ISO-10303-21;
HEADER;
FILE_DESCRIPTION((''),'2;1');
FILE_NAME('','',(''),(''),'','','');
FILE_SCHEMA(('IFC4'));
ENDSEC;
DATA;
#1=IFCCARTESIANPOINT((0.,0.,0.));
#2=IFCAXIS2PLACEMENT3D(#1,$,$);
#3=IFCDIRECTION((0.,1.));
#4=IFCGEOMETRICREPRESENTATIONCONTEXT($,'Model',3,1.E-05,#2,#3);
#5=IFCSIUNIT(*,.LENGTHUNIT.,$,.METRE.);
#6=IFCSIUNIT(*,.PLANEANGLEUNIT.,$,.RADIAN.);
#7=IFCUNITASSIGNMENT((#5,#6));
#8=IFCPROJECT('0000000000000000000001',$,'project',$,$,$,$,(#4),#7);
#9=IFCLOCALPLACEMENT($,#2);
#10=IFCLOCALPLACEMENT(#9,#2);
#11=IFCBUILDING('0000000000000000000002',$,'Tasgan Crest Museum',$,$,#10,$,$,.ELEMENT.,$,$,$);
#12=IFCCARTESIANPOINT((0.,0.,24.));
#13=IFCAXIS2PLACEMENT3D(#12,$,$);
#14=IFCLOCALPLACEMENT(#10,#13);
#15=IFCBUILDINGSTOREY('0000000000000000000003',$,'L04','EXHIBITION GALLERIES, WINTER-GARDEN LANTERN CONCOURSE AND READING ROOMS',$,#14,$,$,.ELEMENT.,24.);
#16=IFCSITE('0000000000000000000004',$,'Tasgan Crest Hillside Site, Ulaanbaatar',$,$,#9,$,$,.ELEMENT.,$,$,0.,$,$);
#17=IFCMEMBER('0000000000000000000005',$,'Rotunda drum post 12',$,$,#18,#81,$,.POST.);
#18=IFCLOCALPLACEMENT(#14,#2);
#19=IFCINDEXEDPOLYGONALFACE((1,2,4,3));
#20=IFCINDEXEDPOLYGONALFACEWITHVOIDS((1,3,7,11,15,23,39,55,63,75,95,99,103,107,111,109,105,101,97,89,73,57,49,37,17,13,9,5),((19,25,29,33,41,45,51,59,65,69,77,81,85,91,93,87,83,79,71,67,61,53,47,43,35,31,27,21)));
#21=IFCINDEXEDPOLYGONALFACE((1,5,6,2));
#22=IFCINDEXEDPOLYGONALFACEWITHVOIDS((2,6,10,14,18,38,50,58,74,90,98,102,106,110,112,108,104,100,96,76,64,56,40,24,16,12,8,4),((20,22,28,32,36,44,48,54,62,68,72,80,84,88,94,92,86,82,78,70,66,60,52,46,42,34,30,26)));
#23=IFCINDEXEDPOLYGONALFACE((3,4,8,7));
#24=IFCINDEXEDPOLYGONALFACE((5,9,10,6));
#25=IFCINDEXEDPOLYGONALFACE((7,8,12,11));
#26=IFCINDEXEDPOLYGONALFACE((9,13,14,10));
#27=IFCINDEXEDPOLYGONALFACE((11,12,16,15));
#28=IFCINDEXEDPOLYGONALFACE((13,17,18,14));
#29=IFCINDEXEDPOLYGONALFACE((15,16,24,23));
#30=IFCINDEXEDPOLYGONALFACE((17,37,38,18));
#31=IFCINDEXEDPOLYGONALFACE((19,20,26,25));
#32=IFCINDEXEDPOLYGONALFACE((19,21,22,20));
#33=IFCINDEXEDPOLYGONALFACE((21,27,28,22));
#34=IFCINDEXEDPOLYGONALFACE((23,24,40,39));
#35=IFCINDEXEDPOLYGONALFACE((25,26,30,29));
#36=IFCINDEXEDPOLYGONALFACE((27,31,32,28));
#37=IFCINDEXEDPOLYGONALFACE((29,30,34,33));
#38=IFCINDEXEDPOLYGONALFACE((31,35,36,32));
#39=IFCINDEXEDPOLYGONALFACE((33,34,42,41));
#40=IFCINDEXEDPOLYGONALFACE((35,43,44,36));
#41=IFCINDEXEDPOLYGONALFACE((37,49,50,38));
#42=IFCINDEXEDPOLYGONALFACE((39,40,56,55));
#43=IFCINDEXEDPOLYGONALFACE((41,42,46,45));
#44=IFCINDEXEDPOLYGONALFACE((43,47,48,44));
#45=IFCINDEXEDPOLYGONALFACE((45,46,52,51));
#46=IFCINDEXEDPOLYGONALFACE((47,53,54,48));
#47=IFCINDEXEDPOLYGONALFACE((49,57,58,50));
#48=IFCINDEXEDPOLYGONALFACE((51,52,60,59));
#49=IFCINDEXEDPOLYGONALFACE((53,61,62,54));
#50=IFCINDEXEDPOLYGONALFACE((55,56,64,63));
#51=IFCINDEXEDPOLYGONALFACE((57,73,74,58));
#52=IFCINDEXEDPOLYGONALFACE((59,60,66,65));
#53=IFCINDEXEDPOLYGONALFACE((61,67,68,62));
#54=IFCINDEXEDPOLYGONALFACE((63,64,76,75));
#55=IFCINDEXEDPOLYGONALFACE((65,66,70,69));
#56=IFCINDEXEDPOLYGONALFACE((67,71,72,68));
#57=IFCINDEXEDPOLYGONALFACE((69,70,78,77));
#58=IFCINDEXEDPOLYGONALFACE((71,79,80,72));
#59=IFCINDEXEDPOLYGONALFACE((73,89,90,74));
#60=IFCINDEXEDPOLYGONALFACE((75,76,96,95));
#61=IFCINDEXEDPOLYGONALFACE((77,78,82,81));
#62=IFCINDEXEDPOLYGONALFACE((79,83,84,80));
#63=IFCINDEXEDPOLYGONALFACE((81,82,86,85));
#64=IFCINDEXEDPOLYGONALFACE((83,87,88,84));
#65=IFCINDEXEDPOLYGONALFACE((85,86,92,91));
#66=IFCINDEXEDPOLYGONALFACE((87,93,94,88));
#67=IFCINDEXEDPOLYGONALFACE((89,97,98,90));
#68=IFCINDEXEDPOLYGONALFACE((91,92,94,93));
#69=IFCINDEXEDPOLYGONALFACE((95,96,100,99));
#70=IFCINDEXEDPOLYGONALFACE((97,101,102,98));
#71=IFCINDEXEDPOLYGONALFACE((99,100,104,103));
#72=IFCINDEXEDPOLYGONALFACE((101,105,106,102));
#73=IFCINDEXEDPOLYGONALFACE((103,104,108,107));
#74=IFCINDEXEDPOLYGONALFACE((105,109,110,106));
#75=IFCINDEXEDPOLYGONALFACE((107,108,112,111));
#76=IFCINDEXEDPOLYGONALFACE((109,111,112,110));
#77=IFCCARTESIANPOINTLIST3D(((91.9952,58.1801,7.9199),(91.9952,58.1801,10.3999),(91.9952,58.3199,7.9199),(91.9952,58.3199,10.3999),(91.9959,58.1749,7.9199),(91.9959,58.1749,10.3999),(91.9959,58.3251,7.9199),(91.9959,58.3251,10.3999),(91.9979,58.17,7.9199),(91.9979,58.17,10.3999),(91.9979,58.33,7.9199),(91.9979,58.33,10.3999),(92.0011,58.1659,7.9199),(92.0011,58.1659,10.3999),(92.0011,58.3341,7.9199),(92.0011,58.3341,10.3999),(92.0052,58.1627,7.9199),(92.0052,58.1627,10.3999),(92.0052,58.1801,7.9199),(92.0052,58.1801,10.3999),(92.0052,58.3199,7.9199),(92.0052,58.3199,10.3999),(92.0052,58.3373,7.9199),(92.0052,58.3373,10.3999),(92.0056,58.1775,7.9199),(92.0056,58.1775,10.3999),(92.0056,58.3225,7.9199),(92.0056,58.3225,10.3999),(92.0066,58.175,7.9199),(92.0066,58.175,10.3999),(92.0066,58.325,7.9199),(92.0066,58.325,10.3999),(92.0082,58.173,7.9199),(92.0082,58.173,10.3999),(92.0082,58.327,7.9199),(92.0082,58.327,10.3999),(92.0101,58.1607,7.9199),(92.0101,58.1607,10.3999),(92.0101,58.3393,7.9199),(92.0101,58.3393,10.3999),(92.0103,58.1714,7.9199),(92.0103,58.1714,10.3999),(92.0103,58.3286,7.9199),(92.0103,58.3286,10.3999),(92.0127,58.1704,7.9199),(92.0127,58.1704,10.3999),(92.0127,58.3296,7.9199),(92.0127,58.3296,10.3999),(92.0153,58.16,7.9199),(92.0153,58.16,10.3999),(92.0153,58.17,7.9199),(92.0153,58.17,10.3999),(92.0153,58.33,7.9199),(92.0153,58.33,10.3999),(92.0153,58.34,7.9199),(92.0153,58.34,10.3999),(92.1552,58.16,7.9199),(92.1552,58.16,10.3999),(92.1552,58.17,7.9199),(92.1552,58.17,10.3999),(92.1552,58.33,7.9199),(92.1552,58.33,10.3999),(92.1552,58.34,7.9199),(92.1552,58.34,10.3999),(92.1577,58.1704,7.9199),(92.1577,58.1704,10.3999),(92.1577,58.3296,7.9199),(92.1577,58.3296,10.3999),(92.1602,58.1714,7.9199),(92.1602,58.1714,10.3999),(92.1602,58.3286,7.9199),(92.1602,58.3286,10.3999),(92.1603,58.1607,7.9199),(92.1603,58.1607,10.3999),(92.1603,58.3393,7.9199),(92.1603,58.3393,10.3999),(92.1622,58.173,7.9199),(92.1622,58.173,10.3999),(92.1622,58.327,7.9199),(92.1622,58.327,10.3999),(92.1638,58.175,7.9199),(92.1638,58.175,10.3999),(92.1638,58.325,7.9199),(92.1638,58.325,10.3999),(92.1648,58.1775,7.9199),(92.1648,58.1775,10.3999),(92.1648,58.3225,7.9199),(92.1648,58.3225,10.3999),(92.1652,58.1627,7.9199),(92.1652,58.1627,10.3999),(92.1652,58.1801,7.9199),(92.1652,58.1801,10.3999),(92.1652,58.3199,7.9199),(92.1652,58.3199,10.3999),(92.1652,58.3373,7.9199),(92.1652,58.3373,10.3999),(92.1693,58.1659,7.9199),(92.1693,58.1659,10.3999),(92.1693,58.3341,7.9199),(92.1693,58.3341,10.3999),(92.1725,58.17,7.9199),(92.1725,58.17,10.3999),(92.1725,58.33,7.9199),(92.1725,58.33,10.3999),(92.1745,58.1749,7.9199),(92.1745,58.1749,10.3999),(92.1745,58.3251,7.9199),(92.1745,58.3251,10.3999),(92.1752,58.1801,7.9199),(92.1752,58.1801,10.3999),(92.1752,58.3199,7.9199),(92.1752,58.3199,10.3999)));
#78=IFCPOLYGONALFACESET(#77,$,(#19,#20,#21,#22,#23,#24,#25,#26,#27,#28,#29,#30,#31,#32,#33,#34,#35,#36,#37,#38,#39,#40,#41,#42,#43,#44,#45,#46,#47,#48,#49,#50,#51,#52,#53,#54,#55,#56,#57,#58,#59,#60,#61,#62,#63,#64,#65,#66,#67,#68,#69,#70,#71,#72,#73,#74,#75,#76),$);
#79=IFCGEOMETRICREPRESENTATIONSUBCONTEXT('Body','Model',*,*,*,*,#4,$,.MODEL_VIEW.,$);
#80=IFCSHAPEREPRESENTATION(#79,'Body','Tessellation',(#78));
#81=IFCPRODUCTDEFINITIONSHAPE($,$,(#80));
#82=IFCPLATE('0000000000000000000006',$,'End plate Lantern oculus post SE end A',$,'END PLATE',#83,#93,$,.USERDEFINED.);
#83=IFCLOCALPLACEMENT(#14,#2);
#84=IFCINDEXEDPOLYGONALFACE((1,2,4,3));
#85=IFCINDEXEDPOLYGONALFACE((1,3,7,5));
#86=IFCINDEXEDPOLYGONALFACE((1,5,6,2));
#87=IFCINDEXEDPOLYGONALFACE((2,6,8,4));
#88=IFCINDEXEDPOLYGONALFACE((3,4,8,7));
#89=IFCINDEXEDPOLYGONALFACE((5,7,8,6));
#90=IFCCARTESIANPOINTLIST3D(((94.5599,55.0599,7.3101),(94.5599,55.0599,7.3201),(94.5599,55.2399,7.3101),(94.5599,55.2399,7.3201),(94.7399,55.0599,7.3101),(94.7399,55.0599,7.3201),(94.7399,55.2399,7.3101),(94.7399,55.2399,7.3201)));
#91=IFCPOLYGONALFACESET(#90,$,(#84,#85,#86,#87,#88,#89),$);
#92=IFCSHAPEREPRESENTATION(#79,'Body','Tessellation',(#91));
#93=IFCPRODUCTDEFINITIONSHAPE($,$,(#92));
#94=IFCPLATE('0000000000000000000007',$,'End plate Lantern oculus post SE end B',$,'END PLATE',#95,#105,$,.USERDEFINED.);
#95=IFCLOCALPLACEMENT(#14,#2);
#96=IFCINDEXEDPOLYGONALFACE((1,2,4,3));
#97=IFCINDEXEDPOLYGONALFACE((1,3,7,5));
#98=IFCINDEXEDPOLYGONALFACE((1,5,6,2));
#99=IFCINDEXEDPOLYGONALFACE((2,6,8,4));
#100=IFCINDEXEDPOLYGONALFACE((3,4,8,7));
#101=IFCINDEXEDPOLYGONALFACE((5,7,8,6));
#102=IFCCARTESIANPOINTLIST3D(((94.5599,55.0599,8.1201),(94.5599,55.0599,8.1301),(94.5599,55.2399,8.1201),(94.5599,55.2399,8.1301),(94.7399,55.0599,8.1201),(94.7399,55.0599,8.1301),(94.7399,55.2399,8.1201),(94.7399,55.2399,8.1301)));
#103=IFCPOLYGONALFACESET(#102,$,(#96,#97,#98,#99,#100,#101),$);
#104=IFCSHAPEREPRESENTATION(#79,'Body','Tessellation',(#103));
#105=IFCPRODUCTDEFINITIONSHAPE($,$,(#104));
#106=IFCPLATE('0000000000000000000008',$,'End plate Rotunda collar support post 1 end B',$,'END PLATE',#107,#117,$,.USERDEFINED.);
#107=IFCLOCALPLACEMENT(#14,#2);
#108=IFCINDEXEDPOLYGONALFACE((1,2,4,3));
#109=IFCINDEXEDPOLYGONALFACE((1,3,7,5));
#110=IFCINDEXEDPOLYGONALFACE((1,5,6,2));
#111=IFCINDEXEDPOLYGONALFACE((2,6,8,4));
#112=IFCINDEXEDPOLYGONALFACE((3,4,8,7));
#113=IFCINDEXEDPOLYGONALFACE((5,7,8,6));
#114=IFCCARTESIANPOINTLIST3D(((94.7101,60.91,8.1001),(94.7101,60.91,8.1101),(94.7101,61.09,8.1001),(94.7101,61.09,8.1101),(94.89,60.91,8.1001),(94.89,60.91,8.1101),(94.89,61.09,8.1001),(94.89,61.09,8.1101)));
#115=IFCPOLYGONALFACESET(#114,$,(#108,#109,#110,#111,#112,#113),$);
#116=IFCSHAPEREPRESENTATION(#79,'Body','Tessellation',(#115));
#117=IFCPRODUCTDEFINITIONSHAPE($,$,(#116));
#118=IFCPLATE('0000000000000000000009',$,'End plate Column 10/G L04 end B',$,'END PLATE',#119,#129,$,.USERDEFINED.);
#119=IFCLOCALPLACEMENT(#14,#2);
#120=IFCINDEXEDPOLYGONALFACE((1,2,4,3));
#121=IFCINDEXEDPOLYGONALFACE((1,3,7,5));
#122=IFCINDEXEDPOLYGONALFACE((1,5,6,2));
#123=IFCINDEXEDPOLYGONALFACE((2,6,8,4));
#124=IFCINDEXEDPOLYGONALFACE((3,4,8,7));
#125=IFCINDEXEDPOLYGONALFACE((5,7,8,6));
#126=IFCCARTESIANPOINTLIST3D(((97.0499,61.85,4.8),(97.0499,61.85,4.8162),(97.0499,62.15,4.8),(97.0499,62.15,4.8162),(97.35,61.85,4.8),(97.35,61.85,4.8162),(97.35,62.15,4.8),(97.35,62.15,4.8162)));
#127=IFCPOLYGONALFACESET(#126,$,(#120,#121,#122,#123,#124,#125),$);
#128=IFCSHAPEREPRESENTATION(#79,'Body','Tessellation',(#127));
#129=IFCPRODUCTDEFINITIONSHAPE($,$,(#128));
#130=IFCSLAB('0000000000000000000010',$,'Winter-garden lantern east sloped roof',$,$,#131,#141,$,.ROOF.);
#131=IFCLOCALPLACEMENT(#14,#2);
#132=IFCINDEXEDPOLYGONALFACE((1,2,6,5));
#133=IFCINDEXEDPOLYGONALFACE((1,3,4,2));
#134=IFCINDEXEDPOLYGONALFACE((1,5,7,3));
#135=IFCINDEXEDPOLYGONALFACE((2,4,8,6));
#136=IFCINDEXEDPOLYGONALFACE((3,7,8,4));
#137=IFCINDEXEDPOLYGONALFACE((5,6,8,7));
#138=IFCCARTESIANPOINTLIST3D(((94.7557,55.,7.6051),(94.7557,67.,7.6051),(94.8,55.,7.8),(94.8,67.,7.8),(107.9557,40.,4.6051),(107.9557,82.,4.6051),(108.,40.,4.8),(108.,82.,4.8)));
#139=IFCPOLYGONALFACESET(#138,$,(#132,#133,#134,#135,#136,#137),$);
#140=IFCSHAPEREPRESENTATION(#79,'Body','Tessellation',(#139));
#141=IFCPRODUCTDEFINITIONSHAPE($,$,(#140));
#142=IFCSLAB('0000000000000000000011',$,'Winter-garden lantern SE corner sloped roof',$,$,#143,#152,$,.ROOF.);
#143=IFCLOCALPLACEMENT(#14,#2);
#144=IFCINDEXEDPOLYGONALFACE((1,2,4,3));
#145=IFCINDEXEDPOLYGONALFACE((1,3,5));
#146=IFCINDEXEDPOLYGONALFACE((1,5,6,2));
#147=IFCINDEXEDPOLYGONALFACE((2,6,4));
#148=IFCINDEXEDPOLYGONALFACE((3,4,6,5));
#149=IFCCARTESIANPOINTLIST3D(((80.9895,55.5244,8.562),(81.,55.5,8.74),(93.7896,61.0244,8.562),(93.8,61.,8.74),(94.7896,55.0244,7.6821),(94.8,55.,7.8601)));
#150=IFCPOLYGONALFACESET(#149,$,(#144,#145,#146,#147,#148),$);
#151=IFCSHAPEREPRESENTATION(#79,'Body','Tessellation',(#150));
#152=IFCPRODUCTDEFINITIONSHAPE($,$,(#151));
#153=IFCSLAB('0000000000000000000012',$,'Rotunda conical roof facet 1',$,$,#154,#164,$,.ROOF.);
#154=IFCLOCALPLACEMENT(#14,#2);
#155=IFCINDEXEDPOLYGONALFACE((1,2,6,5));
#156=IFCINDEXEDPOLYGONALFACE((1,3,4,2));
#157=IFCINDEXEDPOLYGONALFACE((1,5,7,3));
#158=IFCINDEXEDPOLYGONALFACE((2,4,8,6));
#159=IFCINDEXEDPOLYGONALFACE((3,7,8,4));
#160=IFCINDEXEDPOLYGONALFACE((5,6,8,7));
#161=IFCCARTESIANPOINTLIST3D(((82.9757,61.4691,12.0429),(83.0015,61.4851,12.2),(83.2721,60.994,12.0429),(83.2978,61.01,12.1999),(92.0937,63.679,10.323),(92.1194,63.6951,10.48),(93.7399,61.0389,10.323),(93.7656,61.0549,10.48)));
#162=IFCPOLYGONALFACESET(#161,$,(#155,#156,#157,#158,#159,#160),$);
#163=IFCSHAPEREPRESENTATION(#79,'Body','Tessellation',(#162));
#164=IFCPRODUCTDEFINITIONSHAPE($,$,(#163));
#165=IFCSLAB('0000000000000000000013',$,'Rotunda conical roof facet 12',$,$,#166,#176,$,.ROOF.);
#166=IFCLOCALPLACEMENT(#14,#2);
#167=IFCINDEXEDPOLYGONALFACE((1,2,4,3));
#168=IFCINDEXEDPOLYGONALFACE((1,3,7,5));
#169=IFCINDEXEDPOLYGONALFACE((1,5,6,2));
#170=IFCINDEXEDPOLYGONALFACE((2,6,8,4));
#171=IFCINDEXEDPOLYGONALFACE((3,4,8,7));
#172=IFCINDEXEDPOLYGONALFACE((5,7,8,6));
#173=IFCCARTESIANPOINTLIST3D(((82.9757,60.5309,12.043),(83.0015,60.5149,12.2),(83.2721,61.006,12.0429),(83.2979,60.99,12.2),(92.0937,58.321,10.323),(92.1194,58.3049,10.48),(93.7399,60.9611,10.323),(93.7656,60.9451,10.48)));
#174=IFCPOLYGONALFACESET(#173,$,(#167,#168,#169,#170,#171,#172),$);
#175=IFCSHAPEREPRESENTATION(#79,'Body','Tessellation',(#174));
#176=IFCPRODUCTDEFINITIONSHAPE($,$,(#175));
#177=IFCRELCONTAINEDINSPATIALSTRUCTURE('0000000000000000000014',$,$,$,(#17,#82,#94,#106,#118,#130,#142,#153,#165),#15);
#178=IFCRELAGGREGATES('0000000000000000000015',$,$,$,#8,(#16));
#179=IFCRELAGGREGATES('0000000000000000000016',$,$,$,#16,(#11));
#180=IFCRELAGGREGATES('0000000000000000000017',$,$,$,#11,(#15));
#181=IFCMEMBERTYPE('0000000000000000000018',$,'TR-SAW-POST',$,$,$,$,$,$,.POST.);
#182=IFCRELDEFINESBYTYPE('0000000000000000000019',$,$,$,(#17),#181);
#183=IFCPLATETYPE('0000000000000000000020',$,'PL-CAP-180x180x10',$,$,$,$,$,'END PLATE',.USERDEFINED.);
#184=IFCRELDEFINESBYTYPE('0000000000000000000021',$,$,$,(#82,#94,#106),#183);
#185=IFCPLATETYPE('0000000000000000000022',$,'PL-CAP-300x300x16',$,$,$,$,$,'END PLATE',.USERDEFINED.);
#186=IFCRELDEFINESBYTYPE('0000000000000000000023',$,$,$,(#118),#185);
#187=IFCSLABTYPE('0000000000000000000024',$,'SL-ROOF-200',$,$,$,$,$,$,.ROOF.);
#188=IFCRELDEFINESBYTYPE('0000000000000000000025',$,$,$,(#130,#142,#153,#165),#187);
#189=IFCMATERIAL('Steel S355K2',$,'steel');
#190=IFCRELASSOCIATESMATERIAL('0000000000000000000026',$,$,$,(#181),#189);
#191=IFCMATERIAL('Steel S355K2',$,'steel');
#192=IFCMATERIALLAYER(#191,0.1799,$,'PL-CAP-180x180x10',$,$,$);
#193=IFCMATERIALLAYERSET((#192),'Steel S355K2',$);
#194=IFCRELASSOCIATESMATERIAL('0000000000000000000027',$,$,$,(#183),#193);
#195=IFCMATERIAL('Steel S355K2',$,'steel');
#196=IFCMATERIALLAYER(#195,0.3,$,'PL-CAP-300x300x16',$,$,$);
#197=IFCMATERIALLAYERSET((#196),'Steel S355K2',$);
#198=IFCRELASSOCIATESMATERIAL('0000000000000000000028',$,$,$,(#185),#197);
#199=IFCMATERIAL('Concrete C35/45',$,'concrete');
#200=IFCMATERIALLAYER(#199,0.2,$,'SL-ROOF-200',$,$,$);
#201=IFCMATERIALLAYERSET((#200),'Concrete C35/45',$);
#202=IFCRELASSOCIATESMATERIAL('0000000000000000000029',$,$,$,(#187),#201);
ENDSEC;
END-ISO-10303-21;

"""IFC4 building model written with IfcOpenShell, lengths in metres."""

from ifc_helpers import new_model, si_unit, direction, frame, origin, origin_2d, place, context, subcontext, project, spatial, polyline, rectangle, hollow_rectangle, outline, extrude, material, layer, layer_set, material_profile, profile_set, type_object, element, save


model = new_model("IFC4")

# Units and contexts
model_context = context("Model", 3, precision=1e-05, world=origin(), true_north=direction((0.0, 1.0)))
body_context = subcontext(model_context, "Body", "Model", "MODEL_VIEW")
ifc_project = project(units=[si_unit("LENGTHUNIT", "METRE"), si_unit("PLANEANGLEUNIT", "RADIAN")], contexts=[model_context])

# Site, building, storey
site_placement = place(None, origin())
site = spatial("IfcSite", under=ifc_project, at=site_placement, Name="Tasgan Crest Hillside Site, Ulaanbaatar", CompositionType="ELEMENT", RefElevation=0.0)
building_placement = place(site_placement, origin())
building = spatial("IfcBuilding", under=site, at=building_placement, Name="Tasgan Crest Museum", CompositionType="ELEMENT")
storey_placement = place(building_placement, frame((0.0, 0.0, 24.0)))
storey = spatial("IfcBuildingStorey", under=building, at=storey_placement, Name="L04", Description="EXHIBITION GALLERIES, WINTER-GARDEN LANTERN CONCOURSE AND READING ROOMS", CompositionType="ELEMENT", Elevation=24.0)

# Member
ifc_material_1 = material(Name="Steel S355K2", Category="steel")
ifc_material_profile_1 = material_profile(ifc_material_1, hollow_rectangle(XDim=0.1799, YDim=0.1799, WallThickness=0.01, InnerFilletRadius=0.01, OuterFilletRadius=0.02, at=origin_2d()), Name="SHS 180x180x10")
ifc_profile_set_1 = profile_set([ifc_material_profile_1], Name="Steel S355K2")
member_type_1 = type_object("IfcMemberType", Name="TR-SAW-POST", PredefinedType="POST", material=ifc_profile_set_1)
for number, where, z_axis, x_axis, name in (
    (1, (92.0852, 58.25, 7.9199), (0.0, 0.0, 1.0), (1.0, 0.0, 0.0), "Rotunda drum post 12"),
):
    element("IfcMember", number, at=place(storey_placement, frame(where, z_axis=z_axis, x_axis=x_axis)), inside=storey, type_object=member_type_1, Name=name, PredefinedType="POST", context=body_context, shape_type="SweptSolid", body=[
        extrude(hollow_rectangle(XDim=0.1799, YDim=0.1799, WallThickness=0.01, InnerFilletRadius=0.01, OuterFilletRadius=0.02, at=origin_2d()), origin(), (0.0, 0.0, 1.0), 2.48),
    ])

# Plates
ifc_material_2 = material(Name="Steel S355K2", Category="steel")
ifc_layer_1 = layer(ifc_material_2, 0.1799, Name="PL-CAP-180x180x10")
ifc_layer_set_1 = layer_set([ifc_layer_1], Name="Steel S355K2")
plate_type_1 = type_object("IfcPlateType", Name="PL-CAP-180x180x10", ElementType="END PLATE", PredefinedType="USERDEFINED", material=ifc_layer_set_1)
for number, where, z_axis, x_axis, name in (
    (2, (94.6499, 55.1499, 7.3101), (0.0, 0.0, 1.0), (1.0, 0.0, 0.0), "End plate Lantern oculus post SE end A"),
    (3, (94.6499, 55.1499, 8.1201), (0.0, 0.0, 1.0), (1.0, 0.0, 0.0), "End plate Lantern oculus post SE end B"),
    (4, (94.8, 61.0, 8.1001), (0.0, 0.0, 1.0), (1.0, 0.0, 0.0), "End plate Rotunda collar support post 1 end B"),
):
    element("IfcPlate", number, at=place(storey_placement, frame(where, z_axis=z_axis, x_axis=x_axis)), inside=storey, type_object=plate_type_1, Name=name, ObjectType="END PLATE", PredefinedType="USERDEFINED", context=body_context, shape_type="SweptSolid", body=[
        extrude(rectangle(XDim=0.1799, YDim=0.1799, at=origin_2d()), origin(), (0.0, 0.0, 1.0), 0.01),
    ])
ifc_material_3 = material(Name="Steel S355K2", Category="steel")
ifc_layer_2 = layer(ifc_material_3, 0.3, Name="PL-CAP-300x300x16")
ifc_layer_set_2 = layer_set([ifc_layer_2], Name="Steel S355K2")
plate_type_2 = type_object("IfcPlateType", Name="PL-CAP-300x300x16", ElementType="END PLATE", PredefinedType="USERDEFINED", material=ifc_layer_set_2)
plate_placement = place(storey_placement, frame((97.2, 62.0, 4.8), z_axis=(0.0, 0.0, 1.0), x_axis=(1.0, 0.0, 0.0)))
element("IfcPlate", 5, at=plate_placement, inside=storey, type_object=plate_type_2, Name="End plate Column 10/G L04 end B", ObjectType="END PLATE", PredefinedType="USERDEFINED", context=body_context, shape_type="SweptSolid", body=[
    extrude(rectangle(XDim=0.3, YDim=0.3, at=origin_2d()), origin(), (0.0, 0.0, 1.0), 0.0161),
])

# Slabs
ifc_material_4 = material(Name="Concrete C35/45", Category="concrete")
ifc_layer_3 = layer(ifc_material_4, 0.2, Name="SL-ROOF-200")
ifc_layer_set_3 = layer_set([ifc_layer_3], Name="Concrete C35/45")
slab_type = type_object("IfcSlabType", Name="SL-ROOF-200", PredefinedType="ROOF", material=ifc_layer_set_3)
slab_1_placement = place(storey_placement, frame((94.8, 55.0, 7.8), z_axis=(0.221622, 0.0, 0.975133), x_axis=(0.653304, -0.742394, -0.148479)))
element("IfcSlab", 6, at=slab_1_placement, inside=storey, type_object=slab_type, Name="Winter-garden lantern east sloped roof", PredefinedType="ROOF", context=body_context, shape_type="SweptSolid", body=[
    extrude(outline(polyline([(0.0, 0.0), (20.2049, 0.0), (-10.9756, 28.1385), (-8.9087, 8.0396), (0.0, 0.0)])), origin(), (0.0, 0.0, -1.0), 0.2),
])
slab_2_placement = place(storey_placement, frame((94.8, 55.0, 7.8601), z_axis=(0.05816, -0.135354, 0.989089), x_axis=(-0.162706, 0.976233, 0.143162)))
element("IfcSlab", 7, at=slab_2_placement, inside=storey, type_object=slab_type, Name="Winter-garden lantern SE corner sloped roof", PredefinedType="ROOF", context=body_context, shape_type="SweptSolid", body=[
    extrude(outline(polyline([(0.0, 0.0), (6.1461, 0.0), (2.8594, 13.5384), (0.0, 0.0)])), origin(), (0.0, 0.0, -1.0), 0.1799),
])
slab_3_placement = place(storey_placement, frame((93.7656, 61.0549, 10.48), z_axis=(0.160898, 0.100334, 0.981858), x_axis=(-0.529111, 0.848553, -0.000006)))
element("IfcSlab", 8, at=slab_3_placement, inside=storey, type_object=slab_type, Name="Rotunda conical roof facet 1", PredefinedType="ROOF", context=body_context, shape_type="SweptSolid", body=[
    extrude(outline(polyline([(0.0, 0.0), (3.1113, 0.0), (6.0605, 9.0709), (5.5005, 9.0708), (0.0, 0.0)])), origin(), (0.0, 0.0, -1.0), 0.1599),
])
slab_4_placement = place(storey_placement, frame((92.1194, 58.3049, 10.48), z_axis=(0.160898, -0.100334, 0.981858), x_axis=(0.529111, 0.848553, 0.000006)))
element("IfcSlab", 9, at=slab_4_placement, inside=storey, type_object=slab_type, Name="Rotunda conical roof facet 12", PredefinedType="ROOF", context=body_context, shape_type="SweptSolid", body=[
    extrude(outline(polyline([(0.0, 0.0), (3.1113, 0.0), (-2.3891, 9.0708), (-2.9491, 9.0709), (0.0, 0.0)])), origin(), (0.0, 0.0, -1.0), 0.1599),
])

save(model, "model.ifc")
